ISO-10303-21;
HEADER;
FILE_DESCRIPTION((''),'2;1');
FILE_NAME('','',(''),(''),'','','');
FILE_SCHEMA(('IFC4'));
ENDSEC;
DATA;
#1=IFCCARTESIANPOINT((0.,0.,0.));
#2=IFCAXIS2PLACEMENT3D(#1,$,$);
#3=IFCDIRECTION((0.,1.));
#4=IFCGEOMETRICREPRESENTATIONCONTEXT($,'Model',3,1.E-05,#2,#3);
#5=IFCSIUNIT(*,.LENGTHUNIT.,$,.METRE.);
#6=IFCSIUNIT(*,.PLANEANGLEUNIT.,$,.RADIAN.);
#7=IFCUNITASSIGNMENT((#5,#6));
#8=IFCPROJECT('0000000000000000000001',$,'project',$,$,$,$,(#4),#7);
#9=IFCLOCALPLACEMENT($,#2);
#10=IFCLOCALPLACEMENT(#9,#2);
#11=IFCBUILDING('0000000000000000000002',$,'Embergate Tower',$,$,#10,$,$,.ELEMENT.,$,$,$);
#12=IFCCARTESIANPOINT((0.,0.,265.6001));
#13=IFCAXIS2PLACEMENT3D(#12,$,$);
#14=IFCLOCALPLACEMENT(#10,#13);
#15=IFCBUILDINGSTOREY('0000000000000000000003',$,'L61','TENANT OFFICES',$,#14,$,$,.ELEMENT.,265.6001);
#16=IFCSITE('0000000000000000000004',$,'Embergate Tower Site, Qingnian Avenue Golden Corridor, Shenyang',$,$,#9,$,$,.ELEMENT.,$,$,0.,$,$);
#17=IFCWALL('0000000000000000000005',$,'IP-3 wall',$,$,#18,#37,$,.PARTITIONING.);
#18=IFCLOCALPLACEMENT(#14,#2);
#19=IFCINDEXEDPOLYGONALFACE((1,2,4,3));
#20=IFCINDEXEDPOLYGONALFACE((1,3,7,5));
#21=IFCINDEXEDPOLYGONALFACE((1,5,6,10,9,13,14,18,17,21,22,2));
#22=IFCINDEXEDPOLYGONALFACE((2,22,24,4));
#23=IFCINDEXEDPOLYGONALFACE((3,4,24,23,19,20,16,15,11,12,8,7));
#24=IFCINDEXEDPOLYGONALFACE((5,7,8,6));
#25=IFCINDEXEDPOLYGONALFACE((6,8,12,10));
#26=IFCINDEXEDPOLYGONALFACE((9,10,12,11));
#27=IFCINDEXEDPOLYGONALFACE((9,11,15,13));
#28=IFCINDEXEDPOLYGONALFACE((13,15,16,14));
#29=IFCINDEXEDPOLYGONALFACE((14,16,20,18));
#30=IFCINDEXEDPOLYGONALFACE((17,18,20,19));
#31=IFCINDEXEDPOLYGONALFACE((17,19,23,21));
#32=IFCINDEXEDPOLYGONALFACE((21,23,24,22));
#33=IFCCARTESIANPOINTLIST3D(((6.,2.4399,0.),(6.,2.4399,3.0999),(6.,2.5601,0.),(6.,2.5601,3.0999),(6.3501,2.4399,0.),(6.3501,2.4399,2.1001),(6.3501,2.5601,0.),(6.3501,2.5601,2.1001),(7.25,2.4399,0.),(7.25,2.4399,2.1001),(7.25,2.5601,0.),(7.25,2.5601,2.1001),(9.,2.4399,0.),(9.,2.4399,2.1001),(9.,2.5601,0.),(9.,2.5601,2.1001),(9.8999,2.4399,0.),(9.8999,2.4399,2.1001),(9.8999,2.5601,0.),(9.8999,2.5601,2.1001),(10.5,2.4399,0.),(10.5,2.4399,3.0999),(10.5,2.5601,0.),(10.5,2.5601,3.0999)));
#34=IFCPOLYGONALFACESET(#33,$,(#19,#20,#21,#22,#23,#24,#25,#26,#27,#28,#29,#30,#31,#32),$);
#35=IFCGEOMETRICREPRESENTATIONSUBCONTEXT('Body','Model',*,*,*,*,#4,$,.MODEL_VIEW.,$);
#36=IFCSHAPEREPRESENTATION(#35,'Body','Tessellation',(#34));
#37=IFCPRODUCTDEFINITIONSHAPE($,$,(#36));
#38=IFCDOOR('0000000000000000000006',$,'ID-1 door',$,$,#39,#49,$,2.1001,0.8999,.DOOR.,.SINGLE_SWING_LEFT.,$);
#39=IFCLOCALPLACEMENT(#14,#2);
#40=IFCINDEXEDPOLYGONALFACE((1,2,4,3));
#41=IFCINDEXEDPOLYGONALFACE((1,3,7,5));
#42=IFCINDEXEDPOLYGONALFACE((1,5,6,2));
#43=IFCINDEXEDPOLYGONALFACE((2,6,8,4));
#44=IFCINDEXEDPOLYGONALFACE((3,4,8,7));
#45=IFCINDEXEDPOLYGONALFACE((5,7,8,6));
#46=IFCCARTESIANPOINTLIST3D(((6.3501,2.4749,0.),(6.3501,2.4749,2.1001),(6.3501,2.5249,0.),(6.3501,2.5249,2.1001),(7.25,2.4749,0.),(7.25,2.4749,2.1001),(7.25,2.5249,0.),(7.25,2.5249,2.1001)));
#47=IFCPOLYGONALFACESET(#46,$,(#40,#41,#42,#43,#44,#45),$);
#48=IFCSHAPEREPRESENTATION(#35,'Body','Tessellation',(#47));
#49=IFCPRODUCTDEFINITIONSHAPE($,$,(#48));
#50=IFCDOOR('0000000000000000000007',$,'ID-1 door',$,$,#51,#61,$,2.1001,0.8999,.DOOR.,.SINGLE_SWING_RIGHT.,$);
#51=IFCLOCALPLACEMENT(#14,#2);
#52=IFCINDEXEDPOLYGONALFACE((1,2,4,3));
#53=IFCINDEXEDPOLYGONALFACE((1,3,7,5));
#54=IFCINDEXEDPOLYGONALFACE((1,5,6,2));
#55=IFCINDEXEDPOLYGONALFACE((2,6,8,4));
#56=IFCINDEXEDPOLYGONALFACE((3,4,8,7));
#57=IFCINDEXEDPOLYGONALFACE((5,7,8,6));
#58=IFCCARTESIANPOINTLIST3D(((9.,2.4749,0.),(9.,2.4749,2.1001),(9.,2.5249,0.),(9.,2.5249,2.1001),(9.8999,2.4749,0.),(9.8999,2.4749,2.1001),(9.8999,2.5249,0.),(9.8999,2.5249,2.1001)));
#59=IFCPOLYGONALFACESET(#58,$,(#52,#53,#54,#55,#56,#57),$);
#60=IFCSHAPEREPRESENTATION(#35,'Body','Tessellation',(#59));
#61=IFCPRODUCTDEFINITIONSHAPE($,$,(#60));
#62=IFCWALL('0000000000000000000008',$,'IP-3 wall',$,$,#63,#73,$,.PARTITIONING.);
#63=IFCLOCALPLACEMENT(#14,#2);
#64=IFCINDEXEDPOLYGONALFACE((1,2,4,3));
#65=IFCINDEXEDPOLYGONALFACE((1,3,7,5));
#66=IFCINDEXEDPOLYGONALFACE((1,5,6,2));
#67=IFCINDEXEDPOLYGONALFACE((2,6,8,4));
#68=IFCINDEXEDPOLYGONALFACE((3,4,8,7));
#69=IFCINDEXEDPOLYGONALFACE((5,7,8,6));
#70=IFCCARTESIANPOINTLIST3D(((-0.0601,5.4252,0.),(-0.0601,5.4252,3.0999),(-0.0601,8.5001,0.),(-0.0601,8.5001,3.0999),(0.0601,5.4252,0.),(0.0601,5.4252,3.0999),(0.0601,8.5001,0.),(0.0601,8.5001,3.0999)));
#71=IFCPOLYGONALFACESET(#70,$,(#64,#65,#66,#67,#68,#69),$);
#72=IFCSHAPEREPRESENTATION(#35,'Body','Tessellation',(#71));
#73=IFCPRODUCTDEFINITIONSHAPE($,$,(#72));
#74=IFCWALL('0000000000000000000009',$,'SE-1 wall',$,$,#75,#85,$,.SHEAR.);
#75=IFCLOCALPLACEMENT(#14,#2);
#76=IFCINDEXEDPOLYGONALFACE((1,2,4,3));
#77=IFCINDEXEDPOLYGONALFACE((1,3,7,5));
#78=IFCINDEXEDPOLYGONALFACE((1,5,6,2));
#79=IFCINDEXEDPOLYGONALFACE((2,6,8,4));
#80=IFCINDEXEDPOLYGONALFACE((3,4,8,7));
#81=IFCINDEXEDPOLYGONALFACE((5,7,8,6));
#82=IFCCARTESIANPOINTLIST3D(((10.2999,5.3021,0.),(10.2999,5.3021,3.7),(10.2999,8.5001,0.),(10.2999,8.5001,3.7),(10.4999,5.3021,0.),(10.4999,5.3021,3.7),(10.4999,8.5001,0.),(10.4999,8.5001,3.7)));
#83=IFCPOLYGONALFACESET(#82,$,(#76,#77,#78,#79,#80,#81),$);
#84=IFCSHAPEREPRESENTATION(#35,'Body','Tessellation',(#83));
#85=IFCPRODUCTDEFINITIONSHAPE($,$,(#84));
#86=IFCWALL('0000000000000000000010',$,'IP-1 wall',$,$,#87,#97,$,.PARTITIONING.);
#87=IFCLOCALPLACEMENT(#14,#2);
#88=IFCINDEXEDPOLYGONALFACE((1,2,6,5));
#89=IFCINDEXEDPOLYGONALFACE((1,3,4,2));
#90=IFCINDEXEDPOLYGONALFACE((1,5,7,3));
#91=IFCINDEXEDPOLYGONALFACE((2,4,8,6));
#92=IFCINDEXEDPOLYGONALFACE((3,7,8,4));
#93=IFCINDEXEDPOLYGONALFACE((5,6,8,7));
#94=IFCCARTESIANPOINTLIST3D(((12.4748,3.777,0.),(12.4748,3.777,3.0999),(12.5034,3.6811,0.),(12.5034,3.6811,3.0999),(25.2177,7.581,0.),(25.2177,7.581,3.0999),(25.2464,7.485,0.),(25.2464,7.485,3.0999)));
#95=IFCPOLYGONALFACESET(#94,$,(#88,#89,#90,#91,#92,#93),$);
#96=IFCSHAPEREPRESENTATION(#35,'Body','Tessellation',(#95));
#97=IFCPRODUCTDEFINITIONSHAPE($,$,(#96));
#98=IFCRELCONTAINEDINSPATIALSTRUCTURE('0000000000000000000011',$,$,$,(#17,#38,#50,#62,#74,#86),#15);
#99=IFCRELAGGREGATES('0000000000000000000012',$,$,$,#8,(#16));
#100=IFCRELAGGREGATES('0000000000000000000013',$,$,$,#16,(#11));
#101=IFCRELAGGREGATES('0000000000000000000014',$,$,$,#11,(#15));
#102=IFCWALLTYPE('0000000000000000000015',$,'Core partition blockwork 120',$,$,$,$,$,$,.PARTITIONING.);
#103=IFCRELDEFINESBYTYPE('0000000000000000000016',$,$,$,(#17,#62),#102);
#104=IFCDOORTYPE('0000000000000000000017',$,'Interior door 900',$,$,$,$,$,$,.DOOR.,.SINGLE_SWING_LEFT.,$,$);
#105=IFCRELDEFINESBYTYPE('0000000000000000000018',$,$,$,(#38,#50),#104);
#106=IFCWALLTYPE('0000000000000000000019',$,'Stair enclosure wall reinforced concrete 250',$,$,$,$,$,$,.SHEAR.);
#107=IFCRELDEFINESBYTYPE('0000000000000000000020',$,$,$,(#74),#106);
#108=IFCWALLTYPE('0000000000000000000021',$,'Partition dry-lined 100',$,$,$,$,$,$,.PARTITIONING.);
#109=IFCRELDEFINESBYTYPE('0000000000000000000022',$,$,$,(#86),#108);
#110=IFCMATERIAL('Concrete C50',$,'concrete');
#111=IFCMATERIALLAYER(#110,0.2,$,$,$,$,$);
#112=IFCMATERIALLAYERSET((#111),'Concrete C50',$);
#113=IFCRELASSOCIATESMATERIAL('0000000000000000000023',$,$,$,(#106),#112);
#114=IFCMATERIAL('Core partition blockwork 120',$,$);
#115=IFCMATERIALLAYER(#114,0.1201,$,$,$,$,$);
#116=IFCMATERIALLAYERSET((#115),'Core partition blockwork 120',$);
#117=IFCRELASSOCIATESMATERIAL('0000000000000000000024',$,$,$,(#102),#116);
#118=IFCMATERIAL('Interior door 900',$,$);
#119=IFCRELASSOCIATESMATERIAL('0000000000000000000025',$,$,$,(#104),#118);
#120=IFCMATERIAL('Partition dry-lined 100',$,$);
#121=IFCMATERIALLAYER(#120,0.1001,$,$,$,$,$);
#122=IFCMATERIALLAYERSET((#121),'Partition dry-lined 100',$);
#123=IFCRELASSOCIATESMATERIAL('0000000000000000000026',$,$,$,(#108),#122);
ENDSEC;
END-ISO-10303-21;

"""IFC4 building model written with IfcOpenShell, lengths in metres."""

from ifc_helpers import new_model, si_unit, direction, frame, frame_2d, origin, place, context, subcontext, project, spatial, rectangle, extrude, source, transform, mapped, material, layer, layer_set, type_object, element, fill, save


model = new_model("IFC4")

# Units and contexts
model_context = context("Model", 3, precision=1e-05, world=origin(), true_north=direction((0.0, 1.0)))
body_context = subcontext(model_context, "Body", "Model", "MODEL_VIEW")
ifc_project = project(units=[si_unit("LENGTHUNIT", "METRE"), si_unit("PLANEANGLEUNIT", "RADIAN")], contexts=[model_context])

# Site, building, storey
site_placement = place(None, origin())
site = spatial("IfcSite", under=ifc_project, at=site_placement, Name="Embergate Tower Site, Qingnian Avenue Golden Corridor, Shenyang", CompositionType="ELEMENT", RefElevation=0.0)
building_placement = place(site_placement, origin())
building = spatial("IfcBuilding", under=site, at=building_placement, Name="Embergate Tower", CompositionType="ELEMENT")
storey_placement = place(building_placement, frame((0.0, 0.0, 265.6001)))
storey = spatial("IfcBuildingStorey", under=building, at=storey_placement, Name="L61", Description="TENANT OFFICES", CompositionType="ELEMENT", Elevation=265.6001)

# Shared definitions
ifc_material_1 = material(Name="Concrete C50", Category="concrete")

# Shared definitions
ifc_layer_1 = layer(ifc_material_1, 0.2)
ifc_layer_set_1 = layer_set([ifc_layer_1], Name="Concrete C50")
wall_type_1 = type_object("IfcWallType", Name="Stair enclosure wall reinforced concrete 250", PredefinedType="SHEAR", material=ifc_layer_set_1)
ifc_material_2 = material(Name="Core partition blockwork 120")
ifc_layer_2 = layer(ifc_material_2, 0.1201)
ifc_layer_set_2 = layer_set([ifc_layer_2], Name="Core partition blockwork 120")
wall_type_2 = type_object("IfcWallType", Name="Core partition blockwork 120", PredefinedType="PARTITIONING", material=ifc_layer_set_2)

# Wall, openings, doors
shared_shape_1 = source(origin(), body_context, "Body", "SweptSolid", [
    extrude(rectangle(XDim=4.5, YDim=0.1201, at=frame_2d((2.25, 0.0))), origin(), (0.0, 0.0, 1.0), 3.0999),
])
wall_1_placement = place(storey_placement, frame((6.0, 2.5, 0.0), z_axis=(0.0, 0.0, 1.0), x_axis=(1.0, 0.0, 0.0)))
wall_1 = element("IfcWall", 1, at=wall_1_placement, inside=storey, type_object=wall_type_2, Name="IP-3 wall", PredefinedType="PARTITIONING", context=body_context, shape_type="MappedRepresentation", body=[
    mapped(shared_shape_1, transform((0.0, 0.0, 0.0))),
])
shared_shape_2 = source(origin(), body_context, "Body", "SweptSolid", [
    extrude(rectangle(XDim=0.8999, YDim=2.1001, at=frame_2d((0.45, 1.05))), frame((0.0, 0.0701, 0.0), z_axis=(0.0, -1.0, 0.0), x_axis=(1.0, 0.0, 0.0)), (0.0, 0.0, 1.0), 0.1401),
])
opening_1_placement = place(wall_1_placement, frame((0.3501, 0.0, 0.0)))
opening_1 = element("IfcOpeningElement", 2, at=opening_1_placement, cuts=wall_1, PredefinedType="OPENING", context=body_context, shape_type="MappedRepresentation", body=[
    mapped(shared_shape_2, transform((0.0, 0.0, 0.0))),
])
opening_2_placement = place(wall_1_placement, frame((3.0, 0.0, 0.0)))
opening_2 = element("IfcOpeningElement", 3, at=opening_2_placement, cuts=wall_1, PredefinedType="OPENING", context=body_context, shape_type="MappedRepresentation", body=[
    mapped(shared_shape_2, transform((0.0, 0.0, 0.0))),
])
ifc_material_3 = material(Name="Interior door 900")
door_type_1 = type_object("IfcDoorType", Name="Interior door 900", OperationType="SINGLE_SWING_LEFT", PredefinedType="DOOR", material=ifc_material_3)
shared_shape_3 = source(origin(), body_context, "Body", "SweptSolid", [
    extrude(rectangle(XDim=0.8999, YDim=2.1001, at=frame_2d((0.45, 1.05))), frame((0.0, 0.0249, 0.0), z_axis=(0.0, -1.0, 0.0), x_axis=(1.0, 0.0, 0.0)), (0.0, 0.0, 1.0), 0.05),
])
door_1_placement = place(opening_1_placement, origin())
door_1 = element("IfcDoor", 4, at=door_1_placement, inside=storey, type_object=door_type_1, Name="ID-1 door", OperationType="SINGLE_SWING_LEFT", OverallHeight=2.1001, OverallWidth=0.8999, PredefinedType="DOOR", context=body_context, shape_type="MappedRepresentation", body=[
    mapped(shared_shape_3, transform((0.0, 0.0, 0.0))),
])
fill(opening_1, door_1)
door_2_placement = place(opening_2_placement, origin())
door_2 = element("IfcDoor", 5, at=door_2_placement, inside=storey, type_object=door_type_1, Name="ID-1 door", OperationType="SINGLE_SWING_RIGHT", OverallHeight=2.1001, OverallWidth=0.8999, PredefinedType="DOOR", context=body_context, shape_type="MappedRepresentation", body=[
    mapped(shared_shape_3, transform((0.0, 0.0, 0.0))),
])
fill(opening_2, door_2)

# Walls
shared_shape_4 = source(origin(), body_context, "Body", "SweptSolid", [
    extrude(rectangle(XDim=3.075, YDim=0.1201, at=frame_2d((1.5376, 0.0))), origin(), (0.0, 0.0, 1.0), 3.0999),
])
wall_2_placement = place(storey_placement, frame((0.0, 5.425, 0.0), z_axis=(0.0, 0.0, 1.0), x_axis=(0.0, 1.0, 0.0)))
element("IfcWall", 6, at=wall_2_placement, inside=storey, type_object=wall_type_2, Name="IP-3 wall", PredefinedType="PARTITIONING", context=body_context, shape_type="MappedRepresentation", body=[
    mapped(shared_shape_4, transform((0.0, 0.0, 0.0))),
])
shared_shape_5 = source(origin(), body_context, "Body", "SweptSolid", [
    extrude(rectangle(XDim=3.198, YDim=0.2, at=frame_2d((1.5991, 0.0))), origin(), (0.0, 0.0, 1.0), 3.7),
])
wall_3_placement = place(storey_placement, frame((10.3999, 5.302, 0.0), z_axis=(0.0, 0.0, 1.0), x_axis=(0.0, 1.0, 0.0)))
element("IfcWall", 7, at=wall_3_placement, inside=storey, type_object=wall_type_1, Name="SE-1 wall", PredefinedType="SHEAR", context=body_context, shape_type="MappedRepresentation", body=[
    mapped(shared_shape_5, transform((0.0, 0.0, 0.0))),
])
ifc_material_4 = material(Name="Partition dry-lined 100")
ifc_layer_3 = layer(ifc_material_4, 0.1001)
ifc_layer_set_3 = layer_set([ifc_layer_3], Name="Partition dry-lined 100")
wall_type_3 = type_object("IfcWallType", Name="Partition dry-lined 100", PredefinedType="PARTITIONING", material=ifc_layer_set_3)
shared_shape_6 = source(origin(), body_context, "Body", "SweptSolid", [
    extrude(rectangle(XDim=13.2986, YDim=0.1001, at=frame_2d((6.6494, 0.0))), origin(), (0.0, 0.0, 1.0), 3.0999),
])
wall_4_placement = place(storey_placement, frame((12.489, 3.729, 0.0), z_axis=(0.0, 0.0, 1.0), x_axis=(0.958217, 0.286042, 0.0)))
element("IfcWall", 8, at=wall_4_placement, inside=storey, type_object=wall_type_3, Name="IP-1 wall", PredefinedType="PARTITIONING", context=body_context, shape_type="MappedRepresentation", body=[
    mapped(shared_shape_6, transform((0.0, 0.0, 0.0))),
])

save(model, "model.ifc")
